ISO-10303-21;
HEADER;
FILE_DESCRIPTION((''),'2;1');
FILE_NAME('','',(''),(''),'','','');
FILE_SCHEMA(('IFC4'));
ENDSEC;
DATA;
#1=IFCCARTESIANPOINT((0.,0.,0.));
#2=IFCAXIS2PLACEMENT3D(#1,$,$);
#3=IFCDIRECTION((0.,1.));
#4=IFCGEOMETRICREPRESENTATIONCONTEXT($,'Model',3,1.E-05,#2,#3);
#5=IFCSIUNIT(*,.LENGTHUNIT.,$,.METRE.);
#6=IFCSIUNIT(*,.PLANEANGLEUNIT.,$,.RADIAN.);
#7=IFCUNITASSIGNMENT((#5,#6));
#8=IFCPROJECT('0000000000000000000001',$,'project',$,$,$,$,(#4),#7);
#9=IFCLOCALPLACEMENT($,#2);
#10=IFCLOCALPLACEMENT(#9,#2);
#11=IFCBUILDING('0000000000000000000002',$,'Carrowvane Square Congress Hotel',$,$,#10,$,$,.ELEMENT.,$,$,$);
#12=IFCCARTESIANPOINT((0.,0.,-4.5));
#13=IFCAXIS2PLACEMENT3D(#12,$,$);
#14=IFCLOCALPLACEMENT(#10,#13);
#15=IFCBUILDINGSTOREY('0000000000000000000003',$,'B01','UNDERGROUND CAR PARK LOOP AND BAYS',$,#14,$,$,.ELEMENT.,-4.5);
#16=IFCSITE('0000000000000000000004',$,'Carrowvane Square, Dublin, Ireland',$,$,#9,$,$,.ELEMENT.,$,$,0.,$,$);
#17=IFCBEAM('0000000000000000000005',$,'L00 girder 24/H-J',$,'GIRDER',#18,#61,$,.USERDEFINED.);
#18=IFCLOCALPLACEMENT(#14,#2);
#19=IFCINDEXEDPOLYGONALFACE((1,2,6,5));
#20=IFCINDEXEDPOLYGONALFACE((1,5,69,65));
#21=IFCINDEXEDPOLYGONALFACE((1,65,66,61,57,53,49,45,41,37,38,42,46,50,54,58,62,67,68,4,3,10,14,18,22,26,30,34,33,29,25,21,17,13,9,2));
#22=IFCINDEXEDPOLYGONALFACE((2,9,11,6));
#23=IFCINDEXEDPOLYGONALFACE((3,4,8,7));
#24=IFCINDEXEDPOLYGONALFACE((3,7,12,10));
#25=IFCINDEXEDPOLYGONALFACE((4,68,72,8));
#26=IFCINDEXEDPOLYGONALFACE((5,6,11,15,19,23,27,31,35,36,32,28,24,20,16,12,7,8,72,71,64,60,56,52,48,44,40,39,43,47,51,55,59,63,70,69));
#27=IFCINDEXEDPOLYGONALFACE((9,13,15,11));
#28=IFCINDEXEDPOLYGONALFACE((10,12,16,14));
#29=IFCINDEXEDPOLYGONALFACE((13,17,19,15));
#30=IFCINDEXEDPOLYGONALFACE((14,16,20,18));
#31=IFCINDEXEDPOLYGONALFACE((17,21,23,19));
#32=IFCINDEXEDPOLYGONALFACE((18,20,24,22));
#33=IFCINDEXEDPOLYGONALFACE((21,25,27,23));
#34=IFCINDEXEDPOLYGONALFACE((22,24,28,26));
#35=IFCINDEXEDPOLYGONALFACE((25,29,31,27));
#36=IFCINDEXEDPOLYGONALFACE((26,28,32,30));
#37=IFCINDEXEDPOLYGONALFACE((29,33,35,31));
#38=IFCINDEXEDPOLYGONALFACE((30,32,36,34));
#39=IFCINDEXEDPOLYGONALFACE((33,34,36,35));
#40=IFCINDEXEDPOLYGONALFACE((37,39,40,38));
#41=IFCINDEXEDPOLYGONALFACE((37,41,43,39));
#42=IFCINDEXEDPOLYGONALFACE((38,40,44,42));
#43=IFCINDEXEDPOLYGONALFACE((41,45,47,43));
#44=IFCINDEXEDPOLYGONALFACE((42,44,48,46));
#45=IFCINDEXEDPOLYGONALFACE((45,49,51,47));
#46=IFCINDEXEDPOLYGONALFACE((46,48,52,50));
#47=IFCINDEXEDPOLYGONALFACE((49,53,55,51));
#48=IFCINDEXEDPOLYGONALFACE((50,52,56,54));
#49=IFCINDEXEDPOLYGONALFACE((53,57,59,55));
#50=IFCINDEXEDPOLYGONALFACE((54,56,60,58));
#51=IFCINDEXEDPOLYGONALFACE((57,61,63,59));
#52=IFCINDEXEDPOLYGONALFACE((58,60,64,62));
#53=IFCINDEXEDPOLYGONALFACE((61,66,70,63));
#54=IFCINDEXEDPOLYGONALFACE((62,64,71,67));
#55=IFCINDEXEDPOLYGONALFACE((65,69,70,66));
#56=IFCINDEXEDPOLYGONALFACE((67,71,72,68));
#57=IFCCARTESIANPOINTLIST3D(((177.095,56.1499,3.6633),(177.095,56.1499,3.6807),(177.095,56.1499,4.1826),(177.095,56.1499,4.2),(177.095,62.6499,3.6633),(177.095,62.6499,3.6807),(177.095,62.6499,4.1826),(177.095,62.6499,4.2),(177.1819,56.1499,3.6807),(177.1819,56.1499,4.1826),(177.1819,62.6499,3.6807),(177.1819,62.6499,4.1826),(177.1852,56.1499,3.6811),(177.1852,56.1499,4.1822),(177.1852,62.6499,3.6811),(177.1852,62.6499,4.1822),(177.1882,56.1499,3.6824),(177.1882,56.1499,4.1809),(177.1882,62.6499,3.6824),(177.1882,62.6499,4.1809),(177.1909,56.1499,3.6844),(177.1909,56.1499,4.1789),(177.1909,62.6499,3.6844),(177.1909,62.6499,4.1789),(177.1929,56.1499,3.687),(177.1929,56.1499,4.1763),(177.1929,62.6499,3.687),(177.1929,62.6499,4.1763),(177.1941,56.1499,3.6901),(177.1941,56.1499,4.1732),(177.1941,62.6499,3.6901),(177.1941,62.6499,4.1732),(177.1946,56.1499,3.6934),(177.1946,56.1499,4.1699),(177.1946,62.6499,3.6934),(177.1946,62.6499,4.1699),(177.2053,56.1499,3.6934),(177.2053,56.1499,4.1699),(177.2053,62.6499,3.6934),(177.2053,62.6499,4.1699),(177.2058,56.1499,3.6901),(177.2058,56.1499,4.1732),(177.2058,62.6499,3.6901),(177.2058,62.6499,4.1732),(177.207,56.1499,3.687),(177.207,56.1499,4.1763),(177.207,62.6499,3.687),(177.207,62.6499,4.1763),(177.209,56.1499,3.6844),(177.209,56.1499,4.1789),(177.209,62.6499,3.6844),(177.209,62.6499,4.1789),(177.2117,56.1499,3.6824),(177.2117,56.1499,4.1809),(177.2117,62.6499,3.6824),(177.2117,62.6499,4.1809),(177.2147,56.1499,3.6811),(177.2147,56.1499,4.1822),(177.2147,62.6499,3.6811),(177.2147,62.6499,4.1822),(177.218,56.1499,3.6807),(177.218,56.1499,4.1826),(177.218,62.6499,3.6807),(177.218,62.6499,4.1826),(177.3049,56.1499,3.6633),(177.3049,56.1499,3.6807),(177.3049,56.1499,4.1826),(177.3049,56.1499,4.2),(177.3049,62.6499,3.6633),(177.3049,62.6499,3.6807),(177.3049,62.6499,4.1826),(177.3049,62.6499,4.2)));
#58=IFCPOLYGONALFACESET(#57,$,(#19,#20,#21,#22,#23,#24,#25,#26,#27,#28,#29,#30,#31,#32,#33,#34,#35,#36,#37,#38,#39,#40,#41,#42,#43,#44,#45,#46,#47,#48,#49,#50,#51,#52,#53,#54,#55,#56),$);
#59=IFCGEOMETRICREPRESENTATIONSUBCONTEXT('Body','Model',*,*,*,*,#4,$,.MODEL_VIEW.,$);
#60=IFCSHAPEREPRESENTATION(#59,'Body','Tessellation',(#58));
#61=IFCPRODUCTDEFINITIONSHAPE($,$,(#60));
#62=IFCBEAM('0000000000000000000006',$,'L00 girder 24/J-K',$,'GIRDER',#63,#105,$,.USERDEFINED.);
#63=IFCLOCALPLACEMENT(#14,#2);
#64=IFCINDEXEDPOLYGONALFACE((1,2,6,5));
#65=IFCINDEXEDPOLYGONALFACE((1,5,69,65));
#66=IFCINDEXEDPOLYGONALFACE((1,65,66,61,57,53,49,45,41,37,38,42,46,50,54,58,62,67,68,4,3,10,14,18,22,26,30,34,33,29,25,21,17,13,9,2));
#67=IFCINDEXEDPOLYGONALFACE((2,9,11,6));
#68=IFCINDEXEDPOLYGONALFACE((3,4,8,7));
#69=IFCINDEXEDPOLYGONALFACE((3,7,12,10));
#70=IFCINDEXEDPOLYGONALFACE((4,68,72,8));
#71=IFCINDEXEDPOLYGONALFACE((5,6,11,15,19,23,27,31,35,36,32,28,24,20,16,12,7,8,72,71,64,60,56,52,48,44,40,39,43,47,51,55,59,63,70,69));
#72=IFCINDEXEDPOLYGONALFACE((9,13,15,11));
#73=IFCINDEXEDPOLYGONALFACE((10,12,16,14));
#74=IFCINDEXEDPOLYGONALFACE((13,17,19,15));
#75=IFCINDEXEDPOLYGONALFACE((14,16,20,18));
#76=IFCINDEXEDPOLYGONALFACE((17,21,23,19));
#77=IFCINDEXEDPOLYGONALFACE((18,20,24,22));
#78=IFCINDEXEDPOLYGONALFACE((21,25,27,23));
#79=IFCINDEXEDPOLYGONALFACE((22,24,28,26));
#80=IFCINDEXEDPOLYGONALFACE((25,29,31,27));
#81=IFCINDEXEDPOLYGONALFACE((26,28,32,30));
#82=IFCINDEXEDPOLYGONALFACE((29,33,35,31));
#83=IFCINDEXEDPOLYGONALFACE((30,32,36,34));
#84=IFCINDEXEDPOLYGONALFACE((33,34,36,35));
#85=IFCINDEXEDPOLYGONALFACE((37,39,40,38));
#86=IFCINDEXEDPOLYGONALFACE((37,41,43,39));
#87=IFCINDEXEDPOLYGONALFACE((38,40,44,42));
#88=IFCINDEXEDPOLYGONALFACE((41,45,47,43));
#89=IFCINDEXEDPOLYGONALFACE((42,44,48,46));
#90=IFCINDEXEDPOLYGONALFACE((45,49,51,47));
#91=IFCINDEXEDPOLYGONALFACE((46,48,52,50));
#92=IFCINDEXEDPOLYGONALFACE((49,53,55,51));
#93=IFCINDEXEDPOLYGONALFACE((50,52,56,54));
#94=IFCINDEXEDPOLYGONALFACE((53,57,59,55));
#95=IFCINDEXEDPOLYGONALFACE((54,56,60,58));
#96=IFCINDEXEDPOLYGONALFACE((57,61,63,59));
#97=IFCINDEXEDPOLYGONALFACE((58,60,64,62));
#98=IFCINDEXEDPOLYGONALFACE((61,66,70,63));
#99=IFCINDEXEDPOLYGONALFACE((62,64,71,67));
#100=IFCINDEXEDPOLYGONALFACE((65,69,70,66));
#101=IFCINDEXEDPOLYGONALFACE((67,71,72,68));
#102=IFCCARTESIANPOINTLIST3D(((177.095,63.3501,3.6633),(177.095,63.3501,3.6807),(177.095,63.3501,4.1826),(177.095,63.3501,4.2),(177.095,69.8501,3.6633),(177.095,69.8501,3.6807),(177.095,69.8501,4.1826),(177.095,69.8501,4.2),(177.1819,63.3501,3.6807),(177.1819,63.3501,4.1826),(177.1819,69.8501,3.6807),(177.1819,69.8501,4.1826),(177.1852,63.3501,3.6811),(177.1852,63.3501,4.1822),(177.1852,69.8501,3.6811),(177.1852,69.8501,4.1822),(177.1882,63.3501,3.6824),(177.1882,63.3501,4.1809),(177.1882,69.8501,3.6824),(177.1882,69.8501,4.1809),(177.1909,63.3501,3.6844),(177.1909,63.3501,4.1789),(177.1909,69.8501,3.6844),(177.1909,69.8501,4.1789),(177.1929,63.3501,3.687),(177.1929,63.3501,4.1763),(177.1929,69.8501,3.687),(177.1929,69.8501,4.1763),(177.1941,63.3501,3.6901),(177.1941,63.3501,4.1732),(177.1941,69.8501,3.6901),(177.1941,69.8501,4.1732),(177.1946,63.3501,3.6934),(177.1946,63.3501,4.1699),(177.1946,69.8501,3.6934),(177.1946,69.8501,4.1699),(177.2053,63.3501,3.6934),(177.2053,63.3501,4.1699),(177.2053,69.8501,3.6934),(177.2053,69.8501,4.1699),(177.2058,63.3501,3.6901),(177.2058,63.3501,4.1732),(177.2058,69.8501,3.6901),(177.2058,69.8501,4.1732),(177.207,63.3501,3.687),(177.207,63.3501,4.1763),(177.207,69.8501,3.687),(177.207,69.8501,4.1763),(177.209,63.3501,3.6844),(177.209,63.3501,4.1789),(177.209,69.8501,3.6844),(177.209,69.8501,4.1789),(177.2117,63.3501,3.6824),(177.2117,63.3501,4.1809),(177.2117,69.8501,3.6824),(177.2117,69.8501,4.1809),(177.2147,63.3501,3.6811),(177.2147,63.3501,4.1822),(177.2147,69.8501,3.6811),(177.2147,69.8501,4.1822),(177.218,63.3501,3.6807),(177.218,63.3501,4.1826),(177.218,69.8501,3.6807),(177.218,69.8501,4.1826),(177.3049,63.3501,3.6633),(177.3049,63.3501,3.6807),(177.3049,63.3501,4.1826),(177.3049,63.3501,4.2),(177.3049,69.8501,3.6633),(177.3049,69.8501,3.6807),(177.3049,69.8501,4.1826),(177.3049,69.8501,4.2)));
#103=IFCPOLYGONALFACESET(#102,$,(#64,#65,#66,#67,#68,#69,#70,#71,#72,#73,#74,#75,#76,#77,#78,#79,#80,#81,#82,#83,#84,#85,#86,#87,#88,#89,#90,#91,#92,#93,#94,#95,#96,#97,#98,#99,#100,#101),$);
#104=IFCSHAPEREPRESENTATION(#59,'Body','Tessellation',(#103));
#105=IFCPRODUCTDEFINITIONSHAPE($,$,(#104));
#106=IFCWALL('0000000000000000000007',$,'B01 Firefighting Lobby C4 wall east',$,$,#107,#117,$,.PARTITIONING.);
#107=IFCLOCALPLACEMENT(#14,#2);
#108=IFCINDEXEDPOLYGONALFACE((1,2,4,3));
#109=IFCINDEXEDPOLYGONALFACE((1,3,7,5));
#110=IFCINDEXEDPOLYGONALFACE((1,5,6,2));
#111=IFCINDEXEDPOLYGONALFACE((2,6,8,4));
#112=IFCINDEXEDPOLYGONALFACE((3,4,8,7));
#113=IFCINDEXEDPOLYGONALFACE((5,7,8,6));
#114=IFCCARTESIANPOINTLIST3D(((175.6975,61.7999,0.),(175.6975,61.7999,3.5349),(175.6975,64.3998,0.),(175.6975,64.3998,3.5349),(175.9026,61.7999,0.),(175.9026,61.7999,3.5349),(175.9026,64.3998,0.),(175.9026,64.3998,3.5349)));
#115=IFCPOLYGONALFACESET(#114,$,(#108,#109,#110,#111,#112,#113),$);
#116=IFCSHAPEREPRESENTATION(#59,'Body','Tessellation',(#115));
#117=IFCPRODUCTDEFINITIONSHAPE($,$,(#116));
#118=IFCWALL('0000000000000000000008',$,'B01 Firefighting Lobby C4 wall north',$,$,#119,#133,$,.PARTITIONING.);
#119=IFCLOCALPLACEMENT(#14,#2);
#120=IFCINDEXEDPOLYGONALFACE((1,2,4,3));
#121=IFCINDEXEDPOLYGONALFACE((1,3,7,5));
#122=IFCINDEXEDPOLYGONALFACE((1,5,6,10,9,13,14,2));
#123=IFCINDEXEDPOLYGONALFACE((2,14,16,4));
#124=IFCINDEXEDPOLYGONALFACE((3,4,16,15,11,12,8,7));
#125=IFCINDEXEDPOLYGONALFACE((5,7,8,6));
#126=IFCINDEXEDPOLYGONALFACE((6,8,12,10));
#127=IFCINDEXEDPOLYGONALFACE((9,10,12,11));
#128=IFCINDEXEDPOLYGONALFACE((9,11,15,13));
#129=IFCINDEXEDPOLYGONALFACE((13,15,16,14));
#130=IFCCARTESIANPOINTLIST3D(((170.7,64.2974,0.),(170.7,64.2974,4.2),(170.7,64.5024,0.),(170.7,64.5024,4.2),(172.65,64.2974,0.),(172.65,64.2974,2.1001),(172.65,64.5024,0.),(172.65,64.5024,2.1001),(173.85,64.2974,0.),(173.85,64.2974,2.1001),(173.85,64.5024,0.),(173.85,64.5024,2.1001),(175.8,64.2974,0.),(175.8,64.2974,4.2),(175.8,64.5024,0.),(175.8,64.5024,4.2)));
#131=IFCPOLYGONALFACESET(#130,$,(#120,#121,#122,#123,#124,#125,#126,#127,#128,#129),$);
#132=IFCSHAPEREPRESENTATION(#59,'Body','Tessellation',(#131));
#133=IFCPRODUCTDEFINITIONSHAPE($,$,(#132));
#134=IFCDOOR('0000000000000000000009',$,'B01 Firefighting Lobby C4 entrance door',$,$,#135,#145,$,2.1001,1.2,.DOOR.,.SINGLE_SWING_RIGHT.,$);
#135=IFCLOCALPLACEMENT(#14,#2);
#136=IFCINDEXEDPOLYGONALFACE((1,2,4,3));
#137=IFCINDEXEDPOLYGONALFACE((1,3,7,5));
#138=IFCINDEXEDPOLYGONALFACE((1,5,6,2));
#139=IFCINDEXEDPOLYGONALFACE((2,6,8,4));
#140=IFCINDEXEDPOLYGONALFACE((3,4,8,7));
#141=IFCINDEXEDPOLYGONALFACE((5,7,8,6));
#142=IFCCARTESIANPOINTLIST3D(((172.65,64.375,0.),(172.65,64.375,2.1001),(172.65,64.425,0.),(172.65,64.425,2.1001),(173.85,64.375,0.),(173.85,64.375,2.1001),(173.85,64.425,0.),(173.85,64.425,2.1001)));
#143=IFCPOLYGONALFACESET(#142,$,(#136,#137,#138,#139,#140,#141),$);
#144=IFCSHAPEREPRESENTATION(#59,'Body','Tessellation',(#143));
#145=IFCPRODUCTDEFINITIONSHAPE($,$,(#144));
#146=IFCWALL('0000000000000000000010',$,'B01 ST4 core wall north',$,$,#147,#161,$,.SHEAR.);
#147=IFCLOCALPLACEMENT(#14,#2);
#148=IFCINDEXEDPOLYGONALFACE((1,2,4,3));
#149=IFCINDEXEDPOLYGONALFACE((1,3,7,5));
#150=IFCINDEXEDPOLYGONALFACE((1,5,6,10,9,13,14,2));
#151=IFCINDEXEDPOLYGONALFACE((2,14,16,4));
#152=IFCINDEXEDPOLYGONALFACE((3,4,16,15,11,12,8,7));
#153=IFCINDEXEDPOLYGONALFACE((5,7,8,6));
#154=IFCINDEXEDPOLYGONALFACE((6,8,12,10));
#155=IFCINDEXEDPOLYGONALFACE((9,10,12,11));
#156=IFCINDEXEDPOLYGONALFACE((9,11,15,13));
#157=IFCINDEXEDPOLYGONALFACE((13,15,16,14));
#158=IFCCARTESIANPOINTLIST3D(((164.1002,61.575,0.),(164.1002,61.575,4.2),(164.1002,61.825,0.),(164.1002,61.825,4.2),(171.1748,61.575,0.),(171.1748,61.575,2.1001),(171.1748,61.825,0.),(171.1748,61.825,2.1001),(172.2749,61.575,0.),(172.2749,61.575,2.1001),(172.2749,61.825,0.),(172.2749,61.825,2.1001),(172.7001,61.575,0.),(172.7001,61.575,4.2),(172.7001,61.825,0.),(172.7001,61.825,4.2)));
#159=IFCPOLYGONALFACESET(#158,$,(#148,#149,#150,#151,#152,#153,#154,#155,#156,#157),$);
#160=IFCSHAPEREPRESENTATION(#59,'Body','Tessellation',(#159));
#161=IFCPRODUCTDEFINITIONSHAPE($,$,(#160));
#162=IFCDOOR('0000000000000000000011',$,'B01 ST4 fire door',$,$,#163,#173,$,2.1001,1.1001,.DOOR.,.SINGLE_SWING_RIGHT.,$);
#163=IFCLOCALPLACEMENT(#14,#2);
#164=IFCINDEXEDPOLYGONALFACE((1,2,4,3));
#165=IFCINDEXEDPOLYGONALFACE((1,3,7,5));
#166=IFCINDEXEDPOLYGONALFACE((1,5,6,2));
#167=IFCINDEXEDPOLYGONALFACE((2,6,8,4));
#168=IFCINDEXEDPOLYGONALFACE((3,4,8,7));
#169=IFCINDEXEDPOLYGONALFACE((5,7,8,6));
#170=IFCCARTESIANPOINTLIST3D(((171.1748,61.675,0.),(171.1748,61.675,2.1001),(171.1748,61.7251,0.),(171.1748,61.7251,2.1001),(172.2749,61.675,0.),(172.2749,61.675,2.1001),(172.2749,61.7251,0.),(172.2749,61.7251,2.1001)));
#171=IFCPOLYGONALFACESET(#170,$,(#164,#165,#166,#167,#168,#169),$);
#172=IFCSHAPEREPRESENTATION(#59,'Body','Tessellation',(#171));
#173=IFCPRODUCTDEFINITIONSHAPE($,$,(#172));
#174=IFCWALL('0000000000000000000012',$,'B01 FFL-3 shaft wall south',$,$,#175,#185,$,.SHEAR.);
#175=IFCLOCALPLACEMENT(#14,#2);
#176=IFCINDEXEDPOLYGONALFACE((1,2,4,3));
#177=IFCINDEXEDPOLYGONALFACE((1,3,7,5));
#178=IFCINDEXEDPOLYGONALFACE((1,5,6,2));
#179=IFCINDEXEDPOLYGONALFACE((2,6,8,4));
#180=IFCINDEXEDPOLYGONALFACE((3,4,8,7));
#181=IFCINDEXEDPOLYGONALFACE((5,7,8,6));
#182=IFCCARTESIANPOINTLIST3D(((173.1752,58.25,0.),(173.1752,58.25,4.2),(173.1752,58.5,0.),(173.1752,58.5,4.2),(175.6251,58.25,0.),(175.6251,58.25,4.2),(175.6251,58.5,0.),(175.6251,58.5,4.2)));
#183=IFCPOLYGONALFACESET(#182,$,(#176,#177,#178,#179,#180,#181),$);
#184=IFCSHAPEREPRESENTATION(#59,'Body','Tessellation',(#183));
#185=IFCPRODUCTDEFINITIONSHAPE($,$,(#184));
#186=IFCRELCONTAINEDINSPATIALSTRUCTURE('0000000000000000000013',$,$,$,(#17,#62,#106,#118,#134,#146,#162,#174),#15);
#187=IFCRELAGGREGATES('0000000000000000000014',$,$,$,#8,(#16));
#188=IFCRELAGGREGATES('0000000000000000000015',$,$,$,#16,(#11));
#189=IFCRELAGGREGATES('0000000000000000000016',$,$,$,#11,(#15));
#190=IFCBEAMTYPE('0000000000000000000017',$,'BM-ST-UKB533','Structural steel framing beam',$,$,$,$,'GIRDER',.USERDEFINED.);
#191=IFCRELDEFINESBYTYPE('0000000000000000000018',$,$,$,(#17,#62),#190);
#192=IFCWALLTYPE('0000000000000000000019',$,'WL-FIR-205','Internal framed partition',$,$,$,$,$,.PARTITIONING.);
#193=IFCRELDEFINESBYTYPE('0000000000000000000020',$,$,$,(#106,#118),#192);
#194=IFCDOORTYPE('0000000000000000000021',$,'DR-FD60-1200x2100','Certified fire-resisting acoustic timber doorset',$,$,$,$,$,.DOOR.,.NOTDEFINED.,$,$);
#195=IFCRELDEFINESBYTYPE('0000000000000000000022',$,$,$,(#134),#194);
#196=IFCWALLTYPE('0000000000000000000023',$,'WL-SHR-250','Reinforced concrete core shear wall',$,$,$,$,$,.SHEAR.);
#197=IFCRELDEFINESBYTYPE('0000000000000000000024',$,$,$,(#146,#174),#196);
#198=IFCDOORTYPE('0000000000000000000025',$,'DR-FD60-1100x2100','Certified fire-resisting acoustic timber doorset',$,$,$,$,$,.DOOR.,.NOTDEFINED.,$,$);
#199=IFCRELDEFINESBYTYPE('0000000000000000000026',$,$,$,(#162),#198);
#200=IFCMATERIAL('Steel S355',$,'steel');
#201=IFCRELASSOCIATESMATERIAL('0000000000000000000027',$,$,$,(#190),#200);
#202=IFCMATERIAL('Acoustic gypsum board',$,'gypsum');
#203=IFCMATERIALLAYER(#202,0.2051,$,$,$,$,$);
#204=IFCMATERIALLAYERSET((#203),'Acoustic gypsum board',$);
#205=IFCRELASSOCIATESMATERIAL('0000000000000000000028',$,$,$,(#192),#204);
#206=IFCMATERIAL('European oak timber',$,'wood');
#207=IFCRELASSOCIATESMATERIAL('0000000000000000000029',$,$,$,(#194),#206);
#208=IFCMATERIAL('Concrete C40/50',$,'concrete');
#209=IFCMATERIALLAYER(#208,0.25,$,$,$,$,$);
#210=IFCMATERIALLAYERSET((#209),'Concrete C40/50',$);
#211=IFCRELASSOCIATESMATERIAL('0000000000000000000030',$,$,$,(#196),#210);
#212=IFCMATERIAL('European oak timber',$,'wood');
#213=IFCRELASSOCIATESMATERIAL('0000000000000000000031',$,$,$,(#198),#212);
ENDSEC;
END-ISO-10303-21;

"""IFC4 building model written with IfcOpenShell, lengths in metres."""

from ifc_helpers import new_model, si_unit, direction, frame, frame_2d, origin, origin_2d, place, context, subcontext, project, spatial, rectangle, i_section, extrude, material, layer, layer_set, material_profile, profile_set, type_object, element, fill, save


model = new_model("IFC4")

# Units and contexts
model_context = context("Model", 3, precision=1e-05, world=origin(), true_north=direction((0.0, 1.0)))
body_context = subcontext(model_context, "Body", "Model", "MODEL_VIEW")
ifc_project = project(units=[si_unit("LENGTHUNIT", "METRE"), si_unit("PLANEANGLEUNIT", "RADIAN")], contexts=[model_context])

# Site, building, storey
site_placement = place(None, origin())
site = spatial("IfcSite", under=ifc_project, at=site_placement, Name="Carrowvane Square, Dublin, Ireland", CompositionType="ELEMENT", RefElevation=0.0)
building_placement = place(site_placement, origin())
building = spatial("IfcBuilding", under=site, at=building_placement, Name="Carrowvane Square Congress Hotel", CompositionType="ELEMENT")
storey_placement = place(building_placement, frame((0.0, 0.0, -4.5)))
storey = spatial("IfcBuildingStorey", under=building, at=storey_placement, Name="B01", Description="UNDERGROUND CAR PARK LOOP AND BAYS", CompositionType="ELEMENT", Elevation=-4.5)

# Beams
ifc_material_1 = material(Name="Steel S355", Category="steel")
ifc_material_profile_1 = material_profile(ifc_material_1, i_section(OverallWidth=0.21, OverallDepth=0.5366, WebThickness=0.0107, FlangeThickness=0.0173, FilletRadius=0.0127, at=origin_2d()), Name="UKB 533x210x101")
ifc_profile_set_1 = profile_set([ifc_material_profile_1], Name="Steel S355")
beam_type_1 = type_object("IfcBeamType", Name="BM-ST-UKB533", Description="Structural steel framing beam", ElementType="GIRDER", PredefinedType="USERDEFINED", material=ifc_profile_set_1)
for number, where, z_axis, x_axis, name in (
    (1, (177.2, 56.1499, 3.9316), (0.0, 1.0, 0.0), (-1.0, 0.0, 0.0), "L00 girder 24/H-J"),
    (2, (177.2, 63.3501, 3.9316), (0.0, 1.0, 0.0), (-1.0, 0.0, 0.0), "L00 girder 24/J-K"),
):
    element("IfcBeam", number, at=place(storey_placement, frame(where, z_axis=z_axis, x_axis=x_axis)), inside=storey, type_object=beam_type_1, Name=name, ObjectType="GIRDER", PredefinedType="USERDEFINED", context=body_context, shape_type="SweptSolid", body=[
        extrude(i_section(OverallWidth=0.21, OverallDepth=0.5366, WebThickness=0.0107, FlangeThickness=0.0173, FilletRadius=0.0127, at=origin_2d()), origin(), (0.0, 0.0, 1.0), 6.5),
    ])

# Wall
ifc_material_2 = material(Name="Acoustic gypsum board", Category="gypsum")
ifc_layer_1 = layer(ifc_material_2, 0.2051)
ifc_layer_set_1 = layer_set([ifc_layer_1], Name="Acoustic gypsum board")
wall_type_1 = type_object("IfcWallType", Name="WL-FIR-205", Description="Internal framed partition", PredefinedType="PARTITIONING", material=ifc_layer_set_1)
wall_1_placement = place(storey_placement, frame((175.8, 61.8, 0.0), z_axis=(0.0, 0.0, 1.0), x_axis=(0.0, 1.0, 0.0)))
element("IfcWall", 3, at=wall_1_placement, inside=storey, type_object=wall_type_1, Name="B01 Firefighting Lobby C4 wall east", PredefinedType="PARTITIONING", context=body_context, shape_type="SweptSolid", body=[
    extrude(rectangle(XDim=2.5999, YDim=0.2051, at=frame_2d((1.2998, 0.0))), origin(), (0.0, 0.0, 1.0), 3.5349),
])

# Walls, openings, doors
wall_2_placement = place(storey_placement, frame((175.8, 64.3999, 0.0), z_axis=(0.0, 0.0, 1.0), x_axis=(-1.0, 0.0, 0.0)))
wall_2 = element("IfcWall", 4, at=wall_2_placement, inside=storey, type_object=wall_type_1, Name="B01 Firefighting Lobby C4 wall north", PredefinedType="PARTITIONING", context=body_context, shape_type="SweptSolid", body=[
    extrude(rectangle(XDim=5.1001, YDim=0.2051, at=frame_2d((2.55, 0.0))), origin(), (0.0, 0.0, 1.0), 4.2),
])
opening_1_placement = place(wall_2_placement, frame((1.95, 0.0, 0.0)))
opening_1 = element("IfcOpeningElement", 5, at=opening_1_placement, cuts=wall_2, PredefinedType="OPENING", context=body_context, shape_type="SweptSolid", body=[
    extrude(rectangle(XDim=1.2, YDim=2.1001, at=frame_2d((0.6001, 1.05))), frame((0.0, 0.1125, 0.0), z_axis=(0.0, -1.0, 0.0), x_axis=(1.0, 0.0, 0.0)), (0.0, 0.0, 1.0), 0.2251),
])
ifc_material_3 = material(Name="European oak timber", Category="wood")
door_type_1 = type_object("IfcDoorType", Name="DR-FD60-1200x2100", Description="Certified fire-resisting acoustic timber doorset", OperationType="NOTDEFINED", PredefinedType="DOOR", material=ifc_material_3)
door_1_placement = place(opening_1_placement, origin())
door_1 = element("IfcDoor", 6, at=door_1_placement, inside=storey, type_object=door_type_1, Name="B01 Firefighting Lobby C4 entrance door", OperationType="SINGLE_SWING_RIGHT", OverallHeight=2.1001, OverallWidth=1.2, PredefinedType="DOOR", context=body_context, shape_type="SweptSolid", body=[
    extrude(rectangle(XDim=1.2, YDim=2.1001, at=frame_2d((0.6001, 1.05))), frame((0.0, 0.0249, 0.0), z_axis=(0.0, -1.0, 0.0), x_axis=(1.0, 0.0, 0.0)), (0.0, 0.0, 1.0), 0.05),
])
fill(opening_1, door_1)
ifc_material_4 = material(Name="Concrete C40/50", Category="concrete")
ifc_layer_2 = layer(ifc_material_4, 0.25)
ifc_layer_set_2 = layer_set([ifc_layer_2], Name="Concrete C40/50")
wall_type_2 = type_object("IfcWallType", Name="WL-SHR-250", Description="Reinforced concrete core shear wall", PredefinedType="SHEAR", material=ifc_layer_set_2)
wall_3_placement = place(storey_placement, frame((172.7, 61.7, 0.0), z_axis=(0.0, 0.0, 1.0), x_axis=(-1.0, 0.0, 0.0)))
wall_3 = element("IfcWall", 7, at=wall_3_placement, inside=storey, type_object=wall_type_2, Name="B01 ST4 core wall north", PredefinedType="SHEAR", context=body_context, shape_type="SweptSolid", body=[
    extrude(rectangle(XDim=8.5999, YDim=0.25, at=frame_2d((4.2998, 0.0))), origin(), (0.0, 0.0, 1.0), 4.2),
])
opening_2_placement = place(wall_3_placement, frame((0.425, 0.0, 0.0)))
opening_2 = element("IfcOpeningElement", 8, at=opening_2_placement, cuts=wall_3, PredefinedType="OPENING", context=body_context, shape_type="SweptSolid", body=[
    extrude(rectangle(XDim=1.1001, YDim=2.1001, at=frame_2d((0.55, 1.05))), frame((0.0, 0.135, 0.0), z_axis=(0.0, -1.0, 0.0), x_axis=(1.0, 0.0, 0.0)), (0.0, 0.0, 1.0), 0.27),
])
ifc_material_5 = material(Name="European oak timber", Category="wood")
door_type_2 = type_object("IfcDoorType", Name="DR-FD60-1100x2100", Description="Certified fire-resisting acoustic timber doorset", OperationType="NOTDEFINED", PredefinedType="DOOR", material=ifc_material_5)
door_2_placement = place(opening_2_placement, origin())
door_2 = element("IfcDoor", 9, at=door_2_placement, inside=storey, type_object=door_type_2, Name="B01 ST4 fire door", OperationType="SINGLE_SWING_RIGHT", OverallHeight=2.1001, OverallWidth=1.1001, PredefinedType="DOOR", context=body_context, shape_type="SweptSolid", body=[
    extrude(rectangle(XDim=1.1001, YDim=2.1001, at=frame_2d((0.55, 1.05))), frame((0.0, 0.0249, 0.0), z_axis=(0.0, -1.0, 0.0), x_axis=(1.0, 0.0, 0.0)), (0.0, 0.0, 1.0), 0.05),
])
fill(opening_2, door_2)

# Wall
wall_4_placement = place(storey_placement, frame((173.175, 58.375, 0.0), z_axis=(0.0, 0.0, 1.0), x_axis=(1.0, 0.0, 0.0)))
element("IfcWall", 10, at=wall_4_placement, inside=storey, type_object=wall_type_2, Name="B01 FFL-3 shaft wall south", PredefinedType="SHEAR", context=body_context, shape_type="SweptSolid", body=[
    extrude(rectangle(XDim=2.45, YDim=0.25, at=frame_2d((1.2251, 0.0))), origin(), (0.0, 0.0, 1.0), 4.2),
])

save(model, "model.ifc")
